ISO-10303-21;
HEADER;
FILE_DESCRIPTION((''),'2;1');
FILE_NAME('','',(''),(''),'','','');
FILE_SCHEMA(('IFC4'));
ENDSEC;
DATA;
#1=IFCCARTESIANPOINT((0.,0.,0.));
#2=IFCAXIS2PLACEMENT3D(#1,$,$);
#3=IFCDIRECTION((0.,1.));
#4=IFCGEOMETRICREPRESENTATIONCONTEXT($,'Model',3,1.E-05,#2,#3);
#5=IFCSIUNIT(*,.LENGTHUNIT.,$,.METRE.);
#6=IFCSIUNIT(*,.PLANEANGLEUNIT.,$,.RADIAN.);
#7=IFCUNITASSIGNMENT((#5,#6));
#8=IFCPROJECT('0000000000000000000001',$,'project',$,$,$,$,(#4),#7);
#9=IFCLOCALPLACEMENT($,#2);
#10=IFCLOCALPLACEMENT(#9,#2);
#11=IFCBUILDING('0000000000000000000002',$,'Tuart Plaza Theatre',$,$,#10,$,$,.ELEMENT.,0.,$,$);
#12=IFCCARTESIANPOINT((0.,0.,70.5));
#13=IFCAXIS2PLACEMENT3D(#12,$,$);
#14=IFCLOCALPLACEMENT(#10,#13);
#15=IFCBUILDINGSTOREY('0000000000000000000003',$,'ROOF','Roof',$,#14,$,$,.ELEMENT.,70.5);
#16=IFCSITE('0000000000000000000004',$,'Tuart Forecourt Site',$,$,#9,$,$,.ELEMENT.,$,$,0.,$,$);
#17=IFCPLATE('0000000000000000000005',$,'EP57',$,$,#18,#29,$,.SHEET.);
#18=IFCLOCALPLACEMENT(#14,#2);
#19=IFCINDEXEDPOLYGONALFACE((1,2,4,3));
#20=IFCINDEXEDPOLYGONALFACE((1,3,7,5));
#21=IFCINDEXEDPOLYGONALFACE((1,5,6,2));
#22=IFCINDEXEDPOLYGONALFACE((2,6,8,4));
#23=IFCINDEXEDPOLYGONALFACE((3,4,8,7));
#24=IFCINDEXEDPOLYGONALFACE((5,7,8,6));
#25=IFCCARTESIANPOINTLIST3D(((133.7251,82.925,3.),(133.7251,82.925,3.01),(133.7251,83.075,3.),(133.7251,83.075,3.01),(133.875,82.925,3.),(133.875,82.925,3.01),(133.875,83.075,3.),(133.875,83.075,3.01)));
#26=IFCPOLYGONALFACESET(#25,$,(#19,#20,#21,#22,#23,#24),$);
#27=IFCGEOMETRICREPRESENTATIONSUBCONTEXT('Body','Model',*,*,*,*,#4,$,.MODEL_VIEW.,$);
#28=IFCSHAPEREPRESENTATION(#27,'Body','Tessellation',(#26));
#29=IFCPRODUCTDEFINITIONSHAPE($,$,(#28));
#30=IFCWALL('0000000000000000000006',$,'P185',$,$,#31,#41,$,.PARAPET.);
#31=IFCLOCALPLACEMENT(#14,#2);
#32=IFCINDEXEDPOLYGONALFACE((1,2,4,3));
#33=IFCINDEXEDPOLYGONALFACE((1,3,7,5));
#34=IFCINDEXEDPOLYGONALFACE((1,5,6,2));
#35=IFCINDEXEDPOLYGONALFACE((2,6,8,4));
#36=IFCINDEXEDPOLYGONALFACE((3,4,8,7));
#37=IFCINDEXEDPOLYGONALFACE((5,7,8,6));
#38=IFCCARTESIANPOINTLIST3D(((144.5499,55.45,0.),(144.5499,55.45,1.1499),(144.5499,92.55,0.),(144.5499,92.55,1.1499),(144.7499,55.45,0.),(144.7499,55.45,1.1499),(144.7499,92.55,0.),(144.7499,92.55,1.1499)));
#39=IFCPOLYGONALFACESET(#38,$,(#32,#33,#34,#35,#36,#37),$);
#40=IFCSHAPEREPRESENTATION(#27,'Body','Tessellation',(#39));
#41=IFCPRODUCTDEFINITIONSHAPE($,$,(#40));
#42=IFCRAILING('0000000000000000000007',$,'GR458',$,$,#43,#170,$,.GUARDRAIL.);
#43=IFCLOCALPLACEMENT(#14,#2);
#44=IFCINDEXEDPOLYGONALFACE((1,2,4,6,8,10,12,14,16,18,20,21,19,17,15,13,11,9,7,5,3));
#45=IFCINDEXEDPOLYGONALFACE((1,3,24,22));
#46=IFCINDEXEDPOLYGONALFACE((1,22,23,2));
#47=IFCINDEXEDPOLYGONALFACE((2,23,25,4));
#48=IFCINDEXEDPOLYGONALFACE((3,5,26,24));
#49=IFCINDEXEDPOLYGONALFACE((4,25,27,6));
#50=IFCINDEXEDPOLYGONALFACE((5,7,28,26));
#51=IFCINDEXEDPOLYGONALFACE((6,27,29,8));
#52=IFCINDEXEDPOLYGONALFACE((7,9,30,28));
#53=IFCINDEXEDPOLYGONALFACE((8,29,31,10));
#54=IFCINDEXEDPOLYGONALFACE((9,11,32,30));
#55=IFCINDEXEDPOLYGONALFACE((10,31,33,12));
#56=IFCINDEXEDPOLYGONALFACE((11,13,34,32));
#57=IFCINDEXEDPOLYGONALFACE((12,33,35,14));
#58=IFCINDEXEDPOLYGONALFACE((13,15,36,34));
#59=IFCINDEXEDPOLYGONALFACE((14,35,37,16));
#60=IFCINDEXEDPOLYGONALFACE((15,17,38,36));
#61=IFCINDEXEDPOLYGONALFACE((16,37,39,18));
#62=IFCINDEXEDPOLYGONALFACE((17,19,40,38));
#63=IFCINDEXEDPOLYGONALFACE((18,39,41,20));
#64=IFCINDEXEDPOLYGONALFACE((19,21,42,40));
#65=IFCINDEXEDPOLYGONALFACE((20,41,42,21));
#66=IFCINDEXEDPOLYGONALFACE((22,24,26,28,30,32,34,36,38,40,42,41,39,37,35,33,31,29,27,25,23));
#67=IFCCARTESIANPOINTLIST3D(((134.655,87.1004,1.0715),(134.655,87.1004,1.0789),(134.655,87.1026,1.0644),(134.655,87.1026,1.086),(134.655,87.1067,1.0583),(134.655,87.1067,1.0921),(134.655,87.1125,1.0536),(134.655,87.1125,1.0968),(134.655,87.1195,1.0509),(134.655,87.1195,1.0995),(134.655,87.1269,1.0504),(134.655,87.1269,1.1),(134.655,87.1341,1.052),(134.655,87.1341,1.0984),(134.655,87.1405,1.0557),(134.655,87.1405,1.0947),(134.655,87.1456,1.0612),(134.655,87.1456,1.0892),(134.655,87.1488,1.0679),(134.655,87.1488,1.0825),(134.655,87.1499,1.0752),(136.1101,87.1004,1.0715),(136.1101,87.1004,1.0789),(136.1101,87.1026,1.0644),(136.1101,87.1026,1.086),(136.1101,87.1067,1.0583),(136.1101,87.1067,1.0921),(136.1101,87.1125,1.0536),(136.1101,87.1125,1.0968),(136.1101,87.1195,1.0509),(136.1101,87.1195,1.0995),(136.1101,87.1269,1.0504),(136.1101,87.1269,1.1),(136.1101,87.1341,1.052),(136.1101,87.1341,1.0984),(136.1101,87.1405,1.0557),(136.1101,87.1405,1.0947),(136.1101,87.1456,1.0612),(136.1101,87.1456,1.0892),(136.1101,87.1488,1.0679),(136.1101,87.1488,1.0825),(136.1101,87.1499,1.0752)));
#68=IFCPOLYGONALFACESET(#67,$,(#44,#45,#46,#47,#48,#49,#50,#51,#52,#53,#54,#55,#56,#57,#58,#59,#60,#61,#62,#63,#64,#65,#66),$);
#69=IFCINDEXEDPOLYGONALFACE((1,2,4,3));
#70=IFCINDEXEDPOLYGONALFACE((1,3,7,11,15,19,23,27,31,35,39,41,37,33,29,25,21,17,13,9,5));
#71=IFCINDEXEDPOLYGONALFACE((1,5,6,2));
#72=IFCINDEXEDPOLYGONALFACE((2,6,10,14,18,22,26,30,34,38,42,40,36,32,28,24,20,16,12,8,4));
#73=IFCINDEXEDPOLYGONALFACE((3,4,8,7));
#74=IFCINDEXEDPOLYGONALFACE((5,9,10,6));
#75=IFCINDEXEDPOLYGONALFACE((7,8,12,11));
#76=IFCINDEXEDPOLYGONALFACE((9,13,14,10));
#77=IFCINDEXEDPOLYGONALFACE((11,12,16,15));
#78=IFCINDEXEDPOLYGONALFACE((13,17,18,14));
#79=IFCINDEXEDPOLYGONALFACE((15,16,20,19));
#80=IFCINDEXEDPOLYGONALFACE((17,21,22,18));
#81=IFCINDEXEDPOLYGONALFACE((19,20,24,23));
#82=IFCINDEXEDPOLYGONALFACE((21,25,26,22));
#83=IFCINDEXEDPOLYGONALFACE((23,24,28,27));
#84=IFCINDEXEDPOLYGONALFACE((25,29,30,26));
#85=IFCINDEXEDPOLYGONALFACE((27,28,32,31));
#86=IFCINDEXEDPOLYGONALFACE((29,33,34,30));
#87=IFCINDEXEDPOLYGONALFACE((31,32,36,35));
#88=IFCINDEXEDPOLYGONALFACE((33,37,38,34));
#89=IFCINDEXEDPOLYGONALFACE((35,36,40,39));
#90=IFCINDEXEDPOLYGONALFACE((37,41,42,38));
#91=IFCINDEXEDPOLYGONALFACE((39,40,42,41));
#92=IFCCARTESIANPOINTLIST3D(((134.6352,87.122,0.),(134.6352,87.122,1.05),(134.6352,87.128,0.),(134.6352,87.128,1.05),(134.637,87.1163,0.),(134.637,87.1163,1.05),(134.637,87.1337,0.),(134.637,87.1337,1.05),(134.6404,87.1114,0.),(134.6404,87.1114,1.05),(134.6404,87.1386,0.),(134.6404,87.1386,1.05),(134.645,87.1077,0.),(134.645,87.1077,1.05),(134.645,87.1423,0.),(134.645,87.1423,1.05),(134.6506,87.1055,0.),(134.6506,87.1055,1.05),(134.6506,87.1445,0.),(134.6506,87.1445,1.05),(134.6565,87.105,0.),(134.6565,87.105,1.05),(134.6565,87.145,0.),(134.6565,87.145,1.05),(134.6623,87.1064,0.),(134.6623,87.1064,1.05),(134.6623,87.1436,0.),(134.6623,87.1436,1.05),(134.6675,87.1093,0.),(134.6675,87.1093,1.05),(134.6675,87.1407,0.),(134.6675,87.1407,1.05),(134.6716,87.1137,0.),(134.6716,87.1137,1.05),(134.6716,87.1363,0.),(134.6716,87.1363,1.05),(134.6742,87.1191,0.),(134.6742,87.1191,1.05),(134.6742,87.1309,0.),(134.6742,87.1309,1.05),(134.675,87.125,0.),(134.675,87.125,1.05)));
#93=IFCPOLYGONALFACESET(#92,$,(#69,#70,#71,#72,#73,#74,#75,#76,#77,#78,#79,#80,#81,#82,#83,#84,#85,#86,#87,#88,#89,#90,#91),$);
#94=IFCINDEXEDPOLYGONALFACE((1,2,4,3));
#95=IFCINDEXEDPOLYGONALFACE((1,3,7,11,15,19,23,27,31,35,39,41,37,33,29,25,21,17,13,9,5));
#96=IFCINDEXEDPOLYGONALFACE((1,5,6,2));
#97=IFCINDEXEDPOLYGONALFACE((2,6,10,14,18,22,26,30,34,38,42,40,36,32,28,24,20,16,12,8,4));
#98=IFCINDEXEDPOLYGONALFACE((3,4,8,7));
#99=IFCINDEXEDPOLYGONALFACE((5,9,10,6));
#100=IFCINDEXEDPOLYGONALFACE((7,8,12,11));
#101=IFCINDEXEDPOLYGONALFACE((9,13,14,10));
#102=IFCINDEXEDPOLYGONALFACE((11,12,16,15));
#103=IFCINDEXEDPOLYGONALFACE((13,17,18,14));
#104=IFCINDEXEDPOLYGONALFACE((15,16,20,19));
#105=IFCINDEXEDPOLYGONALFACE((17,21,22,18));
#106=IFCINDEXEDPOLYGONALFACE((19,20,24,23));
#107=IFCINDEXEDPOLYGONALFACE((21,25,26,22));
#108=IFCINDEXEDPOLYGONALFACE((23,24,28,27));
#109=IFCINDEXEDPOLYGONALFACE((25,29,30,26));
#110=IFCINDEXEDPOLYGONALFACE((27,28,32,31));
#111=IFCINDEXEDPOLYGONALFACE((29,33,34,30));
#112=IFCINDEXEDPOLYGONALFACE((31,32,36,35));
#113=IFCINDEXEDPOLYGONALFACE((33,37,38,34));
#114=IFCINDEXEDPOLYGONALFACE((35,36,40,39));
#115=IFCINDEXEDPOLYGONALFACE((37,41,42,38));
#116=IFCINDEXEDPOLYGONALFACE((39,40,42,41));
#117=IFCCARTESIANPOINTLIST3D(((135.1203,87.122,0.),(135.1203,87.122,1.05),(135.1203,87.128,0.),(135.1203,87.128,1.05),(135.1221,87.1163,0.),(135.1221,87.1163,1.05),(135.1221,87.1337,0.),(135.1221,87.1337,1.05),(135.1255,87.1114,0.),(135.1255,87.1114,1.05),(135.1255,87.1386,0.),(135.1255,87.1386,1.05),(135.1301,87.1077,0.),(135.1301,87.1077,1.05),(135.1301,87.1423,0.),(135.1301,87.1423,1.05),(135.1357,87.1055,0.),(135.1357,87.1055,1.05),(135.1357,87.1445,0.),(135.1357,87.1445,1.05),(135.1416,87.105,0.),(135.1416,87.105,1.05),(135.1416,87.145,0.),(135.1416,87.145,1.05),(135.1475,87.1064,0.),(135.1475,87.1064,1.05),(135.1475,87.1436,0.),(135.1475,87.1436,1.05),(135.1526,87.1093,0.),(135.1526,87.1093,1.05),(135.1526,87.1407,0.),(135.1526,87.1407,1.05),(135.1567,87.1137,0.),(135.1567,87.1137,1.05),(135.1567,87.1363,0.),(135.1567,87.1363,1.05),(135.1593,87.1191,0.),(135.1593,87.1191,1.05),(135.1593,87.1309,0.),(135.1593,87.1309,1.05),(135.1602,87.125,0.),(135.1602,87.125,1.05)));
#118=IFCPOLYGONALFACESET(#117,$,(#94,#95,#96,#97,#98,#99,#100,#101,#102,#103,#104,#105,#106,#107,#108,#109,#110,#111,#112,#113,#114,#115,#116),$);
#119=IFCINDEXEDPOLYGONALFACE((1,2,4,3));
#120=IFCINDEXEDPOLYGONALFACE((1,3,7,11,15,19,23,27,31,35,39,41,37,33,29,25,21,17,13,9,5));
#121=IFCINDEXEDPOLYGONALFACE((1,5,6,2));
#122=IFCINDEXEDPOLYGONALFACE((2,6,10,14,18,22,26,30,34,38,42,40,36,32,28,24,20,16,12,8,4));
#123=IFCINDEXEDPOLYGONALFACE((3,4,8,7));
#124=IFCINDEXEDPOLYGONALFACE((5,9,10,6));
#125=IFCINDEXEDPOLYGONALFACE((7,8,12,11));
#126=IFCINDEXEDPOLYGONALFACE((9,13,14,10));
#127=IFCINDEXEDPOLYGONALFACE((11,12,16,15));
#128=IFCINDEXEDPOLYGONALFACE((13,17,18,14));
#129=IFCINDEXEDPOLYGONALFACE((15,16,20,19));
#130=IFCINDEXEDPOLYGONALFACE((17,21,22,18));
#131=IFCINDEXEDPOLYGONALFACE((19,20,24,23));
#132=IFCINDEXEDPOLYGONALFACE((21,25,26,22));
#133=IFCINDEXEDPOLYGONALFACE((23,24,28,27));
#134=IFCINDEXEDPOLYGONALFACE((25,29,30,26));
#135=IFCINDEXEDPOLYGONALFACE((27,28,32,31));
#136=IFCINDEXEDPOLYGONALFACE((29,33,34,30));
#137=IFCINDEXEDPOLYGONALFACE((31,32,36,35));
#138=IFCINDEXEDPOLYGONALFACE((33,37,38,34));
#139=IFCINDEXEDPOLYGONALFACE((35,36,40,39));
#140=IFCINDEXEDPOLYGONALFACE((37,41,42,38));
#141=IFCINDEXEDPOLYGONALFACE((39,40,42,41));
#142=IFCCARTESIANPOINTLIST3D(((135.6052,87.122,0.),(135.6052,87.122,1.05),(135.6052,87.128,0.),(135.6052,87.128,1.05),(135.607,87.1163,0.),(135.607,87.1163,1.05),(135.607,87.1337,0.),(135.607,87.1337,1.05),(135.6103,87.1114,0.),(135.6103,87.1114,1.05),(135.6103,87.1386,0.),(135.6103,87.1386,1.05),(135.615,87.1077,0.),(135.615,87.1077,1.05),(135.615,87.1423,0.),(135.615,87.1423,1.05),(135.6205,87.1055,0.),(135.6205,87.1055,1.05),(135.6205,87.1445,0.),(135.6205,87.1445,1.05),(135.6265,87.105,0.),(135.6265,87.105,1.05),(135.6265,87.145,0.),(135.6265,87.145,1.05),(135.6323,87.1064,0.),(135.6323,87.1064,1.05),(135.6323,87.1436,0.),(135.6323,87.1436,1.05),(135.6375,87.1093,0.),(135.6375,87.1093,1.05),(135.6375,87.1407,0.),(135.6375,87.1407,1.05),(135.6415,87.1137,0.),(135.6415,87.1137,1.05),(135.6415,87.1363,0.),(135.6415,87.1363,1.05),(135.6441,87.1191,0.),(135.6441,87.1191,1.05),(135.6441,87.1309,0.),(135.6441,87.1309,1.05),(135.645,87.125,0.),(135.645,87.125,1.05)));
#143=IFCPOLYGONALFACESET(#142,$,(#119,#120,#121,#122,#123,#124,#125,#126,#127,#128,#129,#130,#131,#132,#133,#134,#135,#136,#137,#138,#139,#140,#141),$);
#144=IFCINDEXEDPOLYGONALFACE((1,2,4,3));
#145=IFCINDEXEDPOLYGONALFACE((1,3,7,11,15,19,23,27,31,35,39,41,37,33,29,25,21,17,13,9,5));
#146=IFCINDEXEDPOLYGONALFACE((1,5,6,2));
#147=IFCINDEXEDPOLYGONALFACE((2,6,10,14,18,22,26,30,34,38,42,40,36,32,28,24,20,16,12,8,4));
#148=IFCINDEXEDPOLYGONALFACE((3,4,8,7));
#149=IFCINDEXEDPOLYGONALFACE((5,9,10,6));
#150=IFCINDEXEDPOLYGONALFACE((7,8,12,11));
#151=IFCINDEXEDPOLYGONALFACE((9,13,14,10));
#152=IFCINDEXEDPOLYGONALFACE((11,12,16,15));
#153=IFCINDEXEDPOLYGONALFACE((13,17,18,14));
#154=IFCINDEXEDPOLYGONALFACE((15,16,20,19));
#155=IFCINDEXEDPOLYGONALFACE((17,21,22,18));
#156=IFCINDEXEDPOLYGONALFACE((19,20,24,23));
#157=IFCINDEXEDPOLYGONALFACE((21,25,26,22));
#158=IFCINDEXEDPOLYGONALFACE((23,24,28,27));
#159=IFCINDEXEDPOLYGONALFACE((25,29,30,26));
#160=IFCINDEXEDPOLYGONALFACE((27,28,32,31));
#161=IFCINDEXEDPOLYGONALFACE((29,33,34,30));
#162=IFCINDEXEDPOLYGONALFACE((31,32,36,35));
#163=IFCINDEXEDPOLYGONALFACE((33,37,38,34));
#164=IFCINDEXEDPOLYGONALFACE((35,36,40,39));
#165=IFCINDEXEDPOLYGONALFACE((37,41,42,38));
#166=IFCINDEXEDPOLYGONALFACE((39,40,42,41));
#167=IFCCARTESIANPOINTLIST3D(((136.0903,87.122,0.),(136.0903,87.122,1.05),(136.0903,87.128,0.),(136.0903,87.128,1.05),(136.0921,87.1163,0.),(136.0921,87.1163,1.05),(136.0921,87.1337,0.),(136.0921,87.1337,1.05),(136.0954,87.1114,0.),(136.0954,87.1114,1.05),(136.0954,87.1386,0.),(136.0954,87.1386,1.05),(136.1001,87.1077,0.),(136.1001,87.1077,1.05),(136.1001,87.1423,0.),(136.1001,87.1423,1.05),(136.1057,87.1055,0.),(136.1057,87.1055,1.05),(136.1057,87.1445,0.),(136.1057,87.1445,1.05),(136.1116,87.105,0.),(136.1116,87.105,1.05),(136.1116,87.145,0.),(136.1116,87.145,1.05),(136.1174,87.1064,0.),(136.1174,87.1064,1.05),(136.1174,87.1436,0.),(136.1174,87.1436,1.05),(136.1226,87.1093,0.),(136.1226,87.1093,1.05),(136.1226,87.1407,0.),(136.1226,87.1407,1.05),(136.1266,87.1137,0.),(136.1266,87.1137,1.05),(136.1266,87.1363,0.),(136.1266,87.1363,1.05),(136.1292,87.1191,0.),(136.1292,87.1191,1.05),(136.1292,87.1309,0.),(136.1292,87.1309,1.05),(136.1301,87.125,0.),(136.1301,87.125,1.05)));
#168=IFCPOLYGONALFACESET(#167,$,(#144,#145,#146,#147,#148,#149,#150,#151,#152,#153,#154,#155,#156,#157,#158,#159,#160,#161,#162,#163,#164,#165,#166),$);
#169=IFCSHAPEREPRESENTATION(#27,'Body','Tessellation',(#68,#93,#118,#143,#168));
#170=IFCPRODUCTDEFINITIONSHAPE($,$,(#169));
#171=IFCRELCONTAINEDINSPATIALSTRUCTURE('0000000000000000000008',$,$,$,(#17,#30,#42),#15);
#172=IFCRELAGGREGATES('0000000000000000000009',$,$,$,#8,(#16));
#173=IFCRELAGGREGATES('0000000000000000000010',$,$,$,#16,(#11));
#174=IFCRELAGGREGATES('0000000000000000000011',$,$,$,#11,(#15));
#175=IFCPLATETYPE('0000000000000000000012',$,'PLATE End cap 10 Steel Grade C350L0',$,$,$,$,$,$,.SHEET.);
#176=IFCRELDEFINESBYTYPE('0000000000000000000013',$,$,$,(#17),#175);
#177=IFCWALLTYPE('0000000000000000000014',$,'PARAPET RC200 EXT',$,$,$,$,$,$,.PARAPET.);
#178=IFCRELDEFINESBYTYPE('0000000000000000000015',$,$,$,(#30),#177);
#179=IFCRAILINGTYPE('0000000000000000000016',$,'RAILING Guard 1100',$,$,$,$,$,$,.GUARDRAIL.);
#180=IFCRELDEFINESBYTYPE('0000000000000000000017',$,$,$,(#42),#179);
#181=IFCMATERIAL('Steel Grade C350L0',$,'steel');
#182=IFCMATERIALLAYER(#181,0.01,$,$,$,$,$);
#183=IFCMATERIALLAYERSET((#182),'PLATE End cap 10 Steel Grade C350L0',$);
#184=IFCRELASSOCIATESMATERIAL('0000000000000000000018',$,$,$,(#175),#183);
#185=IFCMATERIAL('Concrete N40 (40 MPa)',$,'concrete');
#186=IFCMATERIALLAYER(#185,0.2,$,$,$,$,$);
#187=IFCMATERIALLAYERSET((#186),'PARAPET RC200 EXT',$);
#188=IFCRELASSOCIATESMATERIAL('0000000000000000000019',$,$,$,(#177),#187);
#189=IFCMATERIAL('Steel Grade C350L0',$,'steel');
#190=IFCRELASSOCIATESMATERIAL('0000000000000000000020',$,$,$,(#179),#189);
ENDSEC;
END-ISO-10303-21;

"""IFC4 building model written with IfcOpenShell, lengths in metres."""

from ifc_helpers import new_model, si_unit, direction, frame, frame_2d, origin, origin_2d, place, context, subcontext, project, spatial, polyline, rectangle, circle, outline, extrude, material, layer, layer_set, type_object, element, save


model = new_model("IFC4")

# Units and contexts
model_context = context("Model", 3, precision=1e-05, world=origin(), true_north=direction((0.0, 1.0)))
body_context = subcontext(model_context, "Body", "Model", "MODEL_VIEW")
ifc_project = project(units=[si_unit("LENGTHUNIT", "METRE"), si_unit("PLANEANGLEUNIT", "RADIAN")], contexts=[model_context])

# Site, building, storey
site_placement = place(None, origin())
site = spatial("IfcSite", under=ifc_project, at=site_placement, Name="Tuart Forecourt Site", CompositionType="ELEMENT", RefElevation=0.0)
building_placement = place(site_placement, origin())
building = spatial("IfcBuilding", under=site, at=building_placement, Name="Tuart Plaza Theatre", CompositionType="ELEMENT", ElevationOfRefHeight=0.0)
storey_placement = place(building_placement, frame((0.0, 0.0, 70.5)))
storey = spatial("IfcBuildingStorey", under=building, at=storey_placement, Name="ROOF", Description="Roof", CompositionType="ELEMENT", Elevation=70.5)

# Plate
ifc_material_1 = material(Name="Steel Grade C350L0", Category="steel")
ifc_layer_1 = layer(ifc_material_1, 0.01)
ifc_layer_set_1 = layer_set([ifc_layer_1], Name="PLATE End cap 10 Steel Grade C350L0")
plate_type = type_object("IfcPlateType", Name="PLATE End cap 10 Steel Grade C350L0", PredefinedType="SHEET", material=ifc_layer_set_1)
plate_1_placement = place(storey_placement, frame((133.7251, 82.925, 3.01), z_axis=(0.0, 0.0, 1.0), x_axis=(1.0, 0.0, 0.0)))
element("IfcPlate", 1, at=plate_1_placement, inside=storey, type_object=plate_type, Name="EP57", PredefinedType="SHEET", context=body_context, shape_type="SweptSolid", body=[
    extrude(outline(polyline([(0.0, 0.0), (0.1499, 0.0), (0.1499, 0.1499), (0.0, 0.1499), (0.0, 0.0)])), origin(), (0.0, 0.0, -1.0), 0.01),
])

# Wall
ifc_material_2 = material(Name="Concrete N40 (40 MPa)", Category="concrete")
ifc_layer_2 = layer(ifc_material_2, 0.2)
ifc_layer_set_2 = layer_set([ifc_layer_2], Name="PARAPET RC200 EXT")
wall_type = type_object("IfcWallType", Name="PARAPET RC200 EXT", PredefinedType="PARAPET", material=ifc_layer_set_2)
wall_placement = place(storey_placement, frame((144.6499, 92.55, 0.0), z_axis=(0.0, 0.0, 1.0), x_axis=(0.0, -1.0, 0.0)))
element("IfcWall", 2, at=wall_placement, inside=storey, type_object=wall_type, Name="P185", PredefinedType="PARAPET", context=body_context, shape_type="SweptSolid", body=[
    extrude(rectangle(XDim=37.1001, YDim=0.2, at=frame_2d((18.55, 0.0))), origin(), (0.0, 0.0, 1.0), 1.1499),
])

# Railing
ifc_material_3 = material(Name="Steel Grade C350L0", Category="steel")
railing_type = type_object("IfcRailingType", Name="RAILING Guard 1100", PredefinedType="GUARDRAIL", material=ifc_material_3)
railing_1_placement = place(storey_placement, frame((134.655, 87.125, 0.0)))
element("IfcRailing", 3, at=railing_1_placement, inside=storey, type_object=railing_type, Name="GR458", PredefinedType="GUARDRAIL", context=body_context, shape_type="SweptSolid", body=[
    extrude(circle(Radius=0.0249, at=origin_2d()), frame((0.0, 0.0, 1.0752), z_axis=(1.0, 0.0, 0.0), x_axis=(0.0, 1.0, 0.0)), (0.0, 0.0, 1.0), 1.4551),
    extrude(circle(Radius=0.02, at=origin_2d()), origin(), (0.0, 0.0, 1.0), 1.05),
    extrude(circle(Radius=0.02, at=origin_2d()), frame((0.4851, 0.0, 0.0)), (0.0, 0.0, 1.0), 1.05),
    extrude(circle(Radius=0.02, at=origin_2d()), frame((0.97, 0.0, 0.0)), (0.0, 0.0, 1.0), 1.05),
    extrude(circle(Radius=0.02, at=origin_2d()), frame((1.4551, 0.0, 0.0)), (0.0, 0.0, 1.0), 1.05),
])

save(model, "model.ifc")
